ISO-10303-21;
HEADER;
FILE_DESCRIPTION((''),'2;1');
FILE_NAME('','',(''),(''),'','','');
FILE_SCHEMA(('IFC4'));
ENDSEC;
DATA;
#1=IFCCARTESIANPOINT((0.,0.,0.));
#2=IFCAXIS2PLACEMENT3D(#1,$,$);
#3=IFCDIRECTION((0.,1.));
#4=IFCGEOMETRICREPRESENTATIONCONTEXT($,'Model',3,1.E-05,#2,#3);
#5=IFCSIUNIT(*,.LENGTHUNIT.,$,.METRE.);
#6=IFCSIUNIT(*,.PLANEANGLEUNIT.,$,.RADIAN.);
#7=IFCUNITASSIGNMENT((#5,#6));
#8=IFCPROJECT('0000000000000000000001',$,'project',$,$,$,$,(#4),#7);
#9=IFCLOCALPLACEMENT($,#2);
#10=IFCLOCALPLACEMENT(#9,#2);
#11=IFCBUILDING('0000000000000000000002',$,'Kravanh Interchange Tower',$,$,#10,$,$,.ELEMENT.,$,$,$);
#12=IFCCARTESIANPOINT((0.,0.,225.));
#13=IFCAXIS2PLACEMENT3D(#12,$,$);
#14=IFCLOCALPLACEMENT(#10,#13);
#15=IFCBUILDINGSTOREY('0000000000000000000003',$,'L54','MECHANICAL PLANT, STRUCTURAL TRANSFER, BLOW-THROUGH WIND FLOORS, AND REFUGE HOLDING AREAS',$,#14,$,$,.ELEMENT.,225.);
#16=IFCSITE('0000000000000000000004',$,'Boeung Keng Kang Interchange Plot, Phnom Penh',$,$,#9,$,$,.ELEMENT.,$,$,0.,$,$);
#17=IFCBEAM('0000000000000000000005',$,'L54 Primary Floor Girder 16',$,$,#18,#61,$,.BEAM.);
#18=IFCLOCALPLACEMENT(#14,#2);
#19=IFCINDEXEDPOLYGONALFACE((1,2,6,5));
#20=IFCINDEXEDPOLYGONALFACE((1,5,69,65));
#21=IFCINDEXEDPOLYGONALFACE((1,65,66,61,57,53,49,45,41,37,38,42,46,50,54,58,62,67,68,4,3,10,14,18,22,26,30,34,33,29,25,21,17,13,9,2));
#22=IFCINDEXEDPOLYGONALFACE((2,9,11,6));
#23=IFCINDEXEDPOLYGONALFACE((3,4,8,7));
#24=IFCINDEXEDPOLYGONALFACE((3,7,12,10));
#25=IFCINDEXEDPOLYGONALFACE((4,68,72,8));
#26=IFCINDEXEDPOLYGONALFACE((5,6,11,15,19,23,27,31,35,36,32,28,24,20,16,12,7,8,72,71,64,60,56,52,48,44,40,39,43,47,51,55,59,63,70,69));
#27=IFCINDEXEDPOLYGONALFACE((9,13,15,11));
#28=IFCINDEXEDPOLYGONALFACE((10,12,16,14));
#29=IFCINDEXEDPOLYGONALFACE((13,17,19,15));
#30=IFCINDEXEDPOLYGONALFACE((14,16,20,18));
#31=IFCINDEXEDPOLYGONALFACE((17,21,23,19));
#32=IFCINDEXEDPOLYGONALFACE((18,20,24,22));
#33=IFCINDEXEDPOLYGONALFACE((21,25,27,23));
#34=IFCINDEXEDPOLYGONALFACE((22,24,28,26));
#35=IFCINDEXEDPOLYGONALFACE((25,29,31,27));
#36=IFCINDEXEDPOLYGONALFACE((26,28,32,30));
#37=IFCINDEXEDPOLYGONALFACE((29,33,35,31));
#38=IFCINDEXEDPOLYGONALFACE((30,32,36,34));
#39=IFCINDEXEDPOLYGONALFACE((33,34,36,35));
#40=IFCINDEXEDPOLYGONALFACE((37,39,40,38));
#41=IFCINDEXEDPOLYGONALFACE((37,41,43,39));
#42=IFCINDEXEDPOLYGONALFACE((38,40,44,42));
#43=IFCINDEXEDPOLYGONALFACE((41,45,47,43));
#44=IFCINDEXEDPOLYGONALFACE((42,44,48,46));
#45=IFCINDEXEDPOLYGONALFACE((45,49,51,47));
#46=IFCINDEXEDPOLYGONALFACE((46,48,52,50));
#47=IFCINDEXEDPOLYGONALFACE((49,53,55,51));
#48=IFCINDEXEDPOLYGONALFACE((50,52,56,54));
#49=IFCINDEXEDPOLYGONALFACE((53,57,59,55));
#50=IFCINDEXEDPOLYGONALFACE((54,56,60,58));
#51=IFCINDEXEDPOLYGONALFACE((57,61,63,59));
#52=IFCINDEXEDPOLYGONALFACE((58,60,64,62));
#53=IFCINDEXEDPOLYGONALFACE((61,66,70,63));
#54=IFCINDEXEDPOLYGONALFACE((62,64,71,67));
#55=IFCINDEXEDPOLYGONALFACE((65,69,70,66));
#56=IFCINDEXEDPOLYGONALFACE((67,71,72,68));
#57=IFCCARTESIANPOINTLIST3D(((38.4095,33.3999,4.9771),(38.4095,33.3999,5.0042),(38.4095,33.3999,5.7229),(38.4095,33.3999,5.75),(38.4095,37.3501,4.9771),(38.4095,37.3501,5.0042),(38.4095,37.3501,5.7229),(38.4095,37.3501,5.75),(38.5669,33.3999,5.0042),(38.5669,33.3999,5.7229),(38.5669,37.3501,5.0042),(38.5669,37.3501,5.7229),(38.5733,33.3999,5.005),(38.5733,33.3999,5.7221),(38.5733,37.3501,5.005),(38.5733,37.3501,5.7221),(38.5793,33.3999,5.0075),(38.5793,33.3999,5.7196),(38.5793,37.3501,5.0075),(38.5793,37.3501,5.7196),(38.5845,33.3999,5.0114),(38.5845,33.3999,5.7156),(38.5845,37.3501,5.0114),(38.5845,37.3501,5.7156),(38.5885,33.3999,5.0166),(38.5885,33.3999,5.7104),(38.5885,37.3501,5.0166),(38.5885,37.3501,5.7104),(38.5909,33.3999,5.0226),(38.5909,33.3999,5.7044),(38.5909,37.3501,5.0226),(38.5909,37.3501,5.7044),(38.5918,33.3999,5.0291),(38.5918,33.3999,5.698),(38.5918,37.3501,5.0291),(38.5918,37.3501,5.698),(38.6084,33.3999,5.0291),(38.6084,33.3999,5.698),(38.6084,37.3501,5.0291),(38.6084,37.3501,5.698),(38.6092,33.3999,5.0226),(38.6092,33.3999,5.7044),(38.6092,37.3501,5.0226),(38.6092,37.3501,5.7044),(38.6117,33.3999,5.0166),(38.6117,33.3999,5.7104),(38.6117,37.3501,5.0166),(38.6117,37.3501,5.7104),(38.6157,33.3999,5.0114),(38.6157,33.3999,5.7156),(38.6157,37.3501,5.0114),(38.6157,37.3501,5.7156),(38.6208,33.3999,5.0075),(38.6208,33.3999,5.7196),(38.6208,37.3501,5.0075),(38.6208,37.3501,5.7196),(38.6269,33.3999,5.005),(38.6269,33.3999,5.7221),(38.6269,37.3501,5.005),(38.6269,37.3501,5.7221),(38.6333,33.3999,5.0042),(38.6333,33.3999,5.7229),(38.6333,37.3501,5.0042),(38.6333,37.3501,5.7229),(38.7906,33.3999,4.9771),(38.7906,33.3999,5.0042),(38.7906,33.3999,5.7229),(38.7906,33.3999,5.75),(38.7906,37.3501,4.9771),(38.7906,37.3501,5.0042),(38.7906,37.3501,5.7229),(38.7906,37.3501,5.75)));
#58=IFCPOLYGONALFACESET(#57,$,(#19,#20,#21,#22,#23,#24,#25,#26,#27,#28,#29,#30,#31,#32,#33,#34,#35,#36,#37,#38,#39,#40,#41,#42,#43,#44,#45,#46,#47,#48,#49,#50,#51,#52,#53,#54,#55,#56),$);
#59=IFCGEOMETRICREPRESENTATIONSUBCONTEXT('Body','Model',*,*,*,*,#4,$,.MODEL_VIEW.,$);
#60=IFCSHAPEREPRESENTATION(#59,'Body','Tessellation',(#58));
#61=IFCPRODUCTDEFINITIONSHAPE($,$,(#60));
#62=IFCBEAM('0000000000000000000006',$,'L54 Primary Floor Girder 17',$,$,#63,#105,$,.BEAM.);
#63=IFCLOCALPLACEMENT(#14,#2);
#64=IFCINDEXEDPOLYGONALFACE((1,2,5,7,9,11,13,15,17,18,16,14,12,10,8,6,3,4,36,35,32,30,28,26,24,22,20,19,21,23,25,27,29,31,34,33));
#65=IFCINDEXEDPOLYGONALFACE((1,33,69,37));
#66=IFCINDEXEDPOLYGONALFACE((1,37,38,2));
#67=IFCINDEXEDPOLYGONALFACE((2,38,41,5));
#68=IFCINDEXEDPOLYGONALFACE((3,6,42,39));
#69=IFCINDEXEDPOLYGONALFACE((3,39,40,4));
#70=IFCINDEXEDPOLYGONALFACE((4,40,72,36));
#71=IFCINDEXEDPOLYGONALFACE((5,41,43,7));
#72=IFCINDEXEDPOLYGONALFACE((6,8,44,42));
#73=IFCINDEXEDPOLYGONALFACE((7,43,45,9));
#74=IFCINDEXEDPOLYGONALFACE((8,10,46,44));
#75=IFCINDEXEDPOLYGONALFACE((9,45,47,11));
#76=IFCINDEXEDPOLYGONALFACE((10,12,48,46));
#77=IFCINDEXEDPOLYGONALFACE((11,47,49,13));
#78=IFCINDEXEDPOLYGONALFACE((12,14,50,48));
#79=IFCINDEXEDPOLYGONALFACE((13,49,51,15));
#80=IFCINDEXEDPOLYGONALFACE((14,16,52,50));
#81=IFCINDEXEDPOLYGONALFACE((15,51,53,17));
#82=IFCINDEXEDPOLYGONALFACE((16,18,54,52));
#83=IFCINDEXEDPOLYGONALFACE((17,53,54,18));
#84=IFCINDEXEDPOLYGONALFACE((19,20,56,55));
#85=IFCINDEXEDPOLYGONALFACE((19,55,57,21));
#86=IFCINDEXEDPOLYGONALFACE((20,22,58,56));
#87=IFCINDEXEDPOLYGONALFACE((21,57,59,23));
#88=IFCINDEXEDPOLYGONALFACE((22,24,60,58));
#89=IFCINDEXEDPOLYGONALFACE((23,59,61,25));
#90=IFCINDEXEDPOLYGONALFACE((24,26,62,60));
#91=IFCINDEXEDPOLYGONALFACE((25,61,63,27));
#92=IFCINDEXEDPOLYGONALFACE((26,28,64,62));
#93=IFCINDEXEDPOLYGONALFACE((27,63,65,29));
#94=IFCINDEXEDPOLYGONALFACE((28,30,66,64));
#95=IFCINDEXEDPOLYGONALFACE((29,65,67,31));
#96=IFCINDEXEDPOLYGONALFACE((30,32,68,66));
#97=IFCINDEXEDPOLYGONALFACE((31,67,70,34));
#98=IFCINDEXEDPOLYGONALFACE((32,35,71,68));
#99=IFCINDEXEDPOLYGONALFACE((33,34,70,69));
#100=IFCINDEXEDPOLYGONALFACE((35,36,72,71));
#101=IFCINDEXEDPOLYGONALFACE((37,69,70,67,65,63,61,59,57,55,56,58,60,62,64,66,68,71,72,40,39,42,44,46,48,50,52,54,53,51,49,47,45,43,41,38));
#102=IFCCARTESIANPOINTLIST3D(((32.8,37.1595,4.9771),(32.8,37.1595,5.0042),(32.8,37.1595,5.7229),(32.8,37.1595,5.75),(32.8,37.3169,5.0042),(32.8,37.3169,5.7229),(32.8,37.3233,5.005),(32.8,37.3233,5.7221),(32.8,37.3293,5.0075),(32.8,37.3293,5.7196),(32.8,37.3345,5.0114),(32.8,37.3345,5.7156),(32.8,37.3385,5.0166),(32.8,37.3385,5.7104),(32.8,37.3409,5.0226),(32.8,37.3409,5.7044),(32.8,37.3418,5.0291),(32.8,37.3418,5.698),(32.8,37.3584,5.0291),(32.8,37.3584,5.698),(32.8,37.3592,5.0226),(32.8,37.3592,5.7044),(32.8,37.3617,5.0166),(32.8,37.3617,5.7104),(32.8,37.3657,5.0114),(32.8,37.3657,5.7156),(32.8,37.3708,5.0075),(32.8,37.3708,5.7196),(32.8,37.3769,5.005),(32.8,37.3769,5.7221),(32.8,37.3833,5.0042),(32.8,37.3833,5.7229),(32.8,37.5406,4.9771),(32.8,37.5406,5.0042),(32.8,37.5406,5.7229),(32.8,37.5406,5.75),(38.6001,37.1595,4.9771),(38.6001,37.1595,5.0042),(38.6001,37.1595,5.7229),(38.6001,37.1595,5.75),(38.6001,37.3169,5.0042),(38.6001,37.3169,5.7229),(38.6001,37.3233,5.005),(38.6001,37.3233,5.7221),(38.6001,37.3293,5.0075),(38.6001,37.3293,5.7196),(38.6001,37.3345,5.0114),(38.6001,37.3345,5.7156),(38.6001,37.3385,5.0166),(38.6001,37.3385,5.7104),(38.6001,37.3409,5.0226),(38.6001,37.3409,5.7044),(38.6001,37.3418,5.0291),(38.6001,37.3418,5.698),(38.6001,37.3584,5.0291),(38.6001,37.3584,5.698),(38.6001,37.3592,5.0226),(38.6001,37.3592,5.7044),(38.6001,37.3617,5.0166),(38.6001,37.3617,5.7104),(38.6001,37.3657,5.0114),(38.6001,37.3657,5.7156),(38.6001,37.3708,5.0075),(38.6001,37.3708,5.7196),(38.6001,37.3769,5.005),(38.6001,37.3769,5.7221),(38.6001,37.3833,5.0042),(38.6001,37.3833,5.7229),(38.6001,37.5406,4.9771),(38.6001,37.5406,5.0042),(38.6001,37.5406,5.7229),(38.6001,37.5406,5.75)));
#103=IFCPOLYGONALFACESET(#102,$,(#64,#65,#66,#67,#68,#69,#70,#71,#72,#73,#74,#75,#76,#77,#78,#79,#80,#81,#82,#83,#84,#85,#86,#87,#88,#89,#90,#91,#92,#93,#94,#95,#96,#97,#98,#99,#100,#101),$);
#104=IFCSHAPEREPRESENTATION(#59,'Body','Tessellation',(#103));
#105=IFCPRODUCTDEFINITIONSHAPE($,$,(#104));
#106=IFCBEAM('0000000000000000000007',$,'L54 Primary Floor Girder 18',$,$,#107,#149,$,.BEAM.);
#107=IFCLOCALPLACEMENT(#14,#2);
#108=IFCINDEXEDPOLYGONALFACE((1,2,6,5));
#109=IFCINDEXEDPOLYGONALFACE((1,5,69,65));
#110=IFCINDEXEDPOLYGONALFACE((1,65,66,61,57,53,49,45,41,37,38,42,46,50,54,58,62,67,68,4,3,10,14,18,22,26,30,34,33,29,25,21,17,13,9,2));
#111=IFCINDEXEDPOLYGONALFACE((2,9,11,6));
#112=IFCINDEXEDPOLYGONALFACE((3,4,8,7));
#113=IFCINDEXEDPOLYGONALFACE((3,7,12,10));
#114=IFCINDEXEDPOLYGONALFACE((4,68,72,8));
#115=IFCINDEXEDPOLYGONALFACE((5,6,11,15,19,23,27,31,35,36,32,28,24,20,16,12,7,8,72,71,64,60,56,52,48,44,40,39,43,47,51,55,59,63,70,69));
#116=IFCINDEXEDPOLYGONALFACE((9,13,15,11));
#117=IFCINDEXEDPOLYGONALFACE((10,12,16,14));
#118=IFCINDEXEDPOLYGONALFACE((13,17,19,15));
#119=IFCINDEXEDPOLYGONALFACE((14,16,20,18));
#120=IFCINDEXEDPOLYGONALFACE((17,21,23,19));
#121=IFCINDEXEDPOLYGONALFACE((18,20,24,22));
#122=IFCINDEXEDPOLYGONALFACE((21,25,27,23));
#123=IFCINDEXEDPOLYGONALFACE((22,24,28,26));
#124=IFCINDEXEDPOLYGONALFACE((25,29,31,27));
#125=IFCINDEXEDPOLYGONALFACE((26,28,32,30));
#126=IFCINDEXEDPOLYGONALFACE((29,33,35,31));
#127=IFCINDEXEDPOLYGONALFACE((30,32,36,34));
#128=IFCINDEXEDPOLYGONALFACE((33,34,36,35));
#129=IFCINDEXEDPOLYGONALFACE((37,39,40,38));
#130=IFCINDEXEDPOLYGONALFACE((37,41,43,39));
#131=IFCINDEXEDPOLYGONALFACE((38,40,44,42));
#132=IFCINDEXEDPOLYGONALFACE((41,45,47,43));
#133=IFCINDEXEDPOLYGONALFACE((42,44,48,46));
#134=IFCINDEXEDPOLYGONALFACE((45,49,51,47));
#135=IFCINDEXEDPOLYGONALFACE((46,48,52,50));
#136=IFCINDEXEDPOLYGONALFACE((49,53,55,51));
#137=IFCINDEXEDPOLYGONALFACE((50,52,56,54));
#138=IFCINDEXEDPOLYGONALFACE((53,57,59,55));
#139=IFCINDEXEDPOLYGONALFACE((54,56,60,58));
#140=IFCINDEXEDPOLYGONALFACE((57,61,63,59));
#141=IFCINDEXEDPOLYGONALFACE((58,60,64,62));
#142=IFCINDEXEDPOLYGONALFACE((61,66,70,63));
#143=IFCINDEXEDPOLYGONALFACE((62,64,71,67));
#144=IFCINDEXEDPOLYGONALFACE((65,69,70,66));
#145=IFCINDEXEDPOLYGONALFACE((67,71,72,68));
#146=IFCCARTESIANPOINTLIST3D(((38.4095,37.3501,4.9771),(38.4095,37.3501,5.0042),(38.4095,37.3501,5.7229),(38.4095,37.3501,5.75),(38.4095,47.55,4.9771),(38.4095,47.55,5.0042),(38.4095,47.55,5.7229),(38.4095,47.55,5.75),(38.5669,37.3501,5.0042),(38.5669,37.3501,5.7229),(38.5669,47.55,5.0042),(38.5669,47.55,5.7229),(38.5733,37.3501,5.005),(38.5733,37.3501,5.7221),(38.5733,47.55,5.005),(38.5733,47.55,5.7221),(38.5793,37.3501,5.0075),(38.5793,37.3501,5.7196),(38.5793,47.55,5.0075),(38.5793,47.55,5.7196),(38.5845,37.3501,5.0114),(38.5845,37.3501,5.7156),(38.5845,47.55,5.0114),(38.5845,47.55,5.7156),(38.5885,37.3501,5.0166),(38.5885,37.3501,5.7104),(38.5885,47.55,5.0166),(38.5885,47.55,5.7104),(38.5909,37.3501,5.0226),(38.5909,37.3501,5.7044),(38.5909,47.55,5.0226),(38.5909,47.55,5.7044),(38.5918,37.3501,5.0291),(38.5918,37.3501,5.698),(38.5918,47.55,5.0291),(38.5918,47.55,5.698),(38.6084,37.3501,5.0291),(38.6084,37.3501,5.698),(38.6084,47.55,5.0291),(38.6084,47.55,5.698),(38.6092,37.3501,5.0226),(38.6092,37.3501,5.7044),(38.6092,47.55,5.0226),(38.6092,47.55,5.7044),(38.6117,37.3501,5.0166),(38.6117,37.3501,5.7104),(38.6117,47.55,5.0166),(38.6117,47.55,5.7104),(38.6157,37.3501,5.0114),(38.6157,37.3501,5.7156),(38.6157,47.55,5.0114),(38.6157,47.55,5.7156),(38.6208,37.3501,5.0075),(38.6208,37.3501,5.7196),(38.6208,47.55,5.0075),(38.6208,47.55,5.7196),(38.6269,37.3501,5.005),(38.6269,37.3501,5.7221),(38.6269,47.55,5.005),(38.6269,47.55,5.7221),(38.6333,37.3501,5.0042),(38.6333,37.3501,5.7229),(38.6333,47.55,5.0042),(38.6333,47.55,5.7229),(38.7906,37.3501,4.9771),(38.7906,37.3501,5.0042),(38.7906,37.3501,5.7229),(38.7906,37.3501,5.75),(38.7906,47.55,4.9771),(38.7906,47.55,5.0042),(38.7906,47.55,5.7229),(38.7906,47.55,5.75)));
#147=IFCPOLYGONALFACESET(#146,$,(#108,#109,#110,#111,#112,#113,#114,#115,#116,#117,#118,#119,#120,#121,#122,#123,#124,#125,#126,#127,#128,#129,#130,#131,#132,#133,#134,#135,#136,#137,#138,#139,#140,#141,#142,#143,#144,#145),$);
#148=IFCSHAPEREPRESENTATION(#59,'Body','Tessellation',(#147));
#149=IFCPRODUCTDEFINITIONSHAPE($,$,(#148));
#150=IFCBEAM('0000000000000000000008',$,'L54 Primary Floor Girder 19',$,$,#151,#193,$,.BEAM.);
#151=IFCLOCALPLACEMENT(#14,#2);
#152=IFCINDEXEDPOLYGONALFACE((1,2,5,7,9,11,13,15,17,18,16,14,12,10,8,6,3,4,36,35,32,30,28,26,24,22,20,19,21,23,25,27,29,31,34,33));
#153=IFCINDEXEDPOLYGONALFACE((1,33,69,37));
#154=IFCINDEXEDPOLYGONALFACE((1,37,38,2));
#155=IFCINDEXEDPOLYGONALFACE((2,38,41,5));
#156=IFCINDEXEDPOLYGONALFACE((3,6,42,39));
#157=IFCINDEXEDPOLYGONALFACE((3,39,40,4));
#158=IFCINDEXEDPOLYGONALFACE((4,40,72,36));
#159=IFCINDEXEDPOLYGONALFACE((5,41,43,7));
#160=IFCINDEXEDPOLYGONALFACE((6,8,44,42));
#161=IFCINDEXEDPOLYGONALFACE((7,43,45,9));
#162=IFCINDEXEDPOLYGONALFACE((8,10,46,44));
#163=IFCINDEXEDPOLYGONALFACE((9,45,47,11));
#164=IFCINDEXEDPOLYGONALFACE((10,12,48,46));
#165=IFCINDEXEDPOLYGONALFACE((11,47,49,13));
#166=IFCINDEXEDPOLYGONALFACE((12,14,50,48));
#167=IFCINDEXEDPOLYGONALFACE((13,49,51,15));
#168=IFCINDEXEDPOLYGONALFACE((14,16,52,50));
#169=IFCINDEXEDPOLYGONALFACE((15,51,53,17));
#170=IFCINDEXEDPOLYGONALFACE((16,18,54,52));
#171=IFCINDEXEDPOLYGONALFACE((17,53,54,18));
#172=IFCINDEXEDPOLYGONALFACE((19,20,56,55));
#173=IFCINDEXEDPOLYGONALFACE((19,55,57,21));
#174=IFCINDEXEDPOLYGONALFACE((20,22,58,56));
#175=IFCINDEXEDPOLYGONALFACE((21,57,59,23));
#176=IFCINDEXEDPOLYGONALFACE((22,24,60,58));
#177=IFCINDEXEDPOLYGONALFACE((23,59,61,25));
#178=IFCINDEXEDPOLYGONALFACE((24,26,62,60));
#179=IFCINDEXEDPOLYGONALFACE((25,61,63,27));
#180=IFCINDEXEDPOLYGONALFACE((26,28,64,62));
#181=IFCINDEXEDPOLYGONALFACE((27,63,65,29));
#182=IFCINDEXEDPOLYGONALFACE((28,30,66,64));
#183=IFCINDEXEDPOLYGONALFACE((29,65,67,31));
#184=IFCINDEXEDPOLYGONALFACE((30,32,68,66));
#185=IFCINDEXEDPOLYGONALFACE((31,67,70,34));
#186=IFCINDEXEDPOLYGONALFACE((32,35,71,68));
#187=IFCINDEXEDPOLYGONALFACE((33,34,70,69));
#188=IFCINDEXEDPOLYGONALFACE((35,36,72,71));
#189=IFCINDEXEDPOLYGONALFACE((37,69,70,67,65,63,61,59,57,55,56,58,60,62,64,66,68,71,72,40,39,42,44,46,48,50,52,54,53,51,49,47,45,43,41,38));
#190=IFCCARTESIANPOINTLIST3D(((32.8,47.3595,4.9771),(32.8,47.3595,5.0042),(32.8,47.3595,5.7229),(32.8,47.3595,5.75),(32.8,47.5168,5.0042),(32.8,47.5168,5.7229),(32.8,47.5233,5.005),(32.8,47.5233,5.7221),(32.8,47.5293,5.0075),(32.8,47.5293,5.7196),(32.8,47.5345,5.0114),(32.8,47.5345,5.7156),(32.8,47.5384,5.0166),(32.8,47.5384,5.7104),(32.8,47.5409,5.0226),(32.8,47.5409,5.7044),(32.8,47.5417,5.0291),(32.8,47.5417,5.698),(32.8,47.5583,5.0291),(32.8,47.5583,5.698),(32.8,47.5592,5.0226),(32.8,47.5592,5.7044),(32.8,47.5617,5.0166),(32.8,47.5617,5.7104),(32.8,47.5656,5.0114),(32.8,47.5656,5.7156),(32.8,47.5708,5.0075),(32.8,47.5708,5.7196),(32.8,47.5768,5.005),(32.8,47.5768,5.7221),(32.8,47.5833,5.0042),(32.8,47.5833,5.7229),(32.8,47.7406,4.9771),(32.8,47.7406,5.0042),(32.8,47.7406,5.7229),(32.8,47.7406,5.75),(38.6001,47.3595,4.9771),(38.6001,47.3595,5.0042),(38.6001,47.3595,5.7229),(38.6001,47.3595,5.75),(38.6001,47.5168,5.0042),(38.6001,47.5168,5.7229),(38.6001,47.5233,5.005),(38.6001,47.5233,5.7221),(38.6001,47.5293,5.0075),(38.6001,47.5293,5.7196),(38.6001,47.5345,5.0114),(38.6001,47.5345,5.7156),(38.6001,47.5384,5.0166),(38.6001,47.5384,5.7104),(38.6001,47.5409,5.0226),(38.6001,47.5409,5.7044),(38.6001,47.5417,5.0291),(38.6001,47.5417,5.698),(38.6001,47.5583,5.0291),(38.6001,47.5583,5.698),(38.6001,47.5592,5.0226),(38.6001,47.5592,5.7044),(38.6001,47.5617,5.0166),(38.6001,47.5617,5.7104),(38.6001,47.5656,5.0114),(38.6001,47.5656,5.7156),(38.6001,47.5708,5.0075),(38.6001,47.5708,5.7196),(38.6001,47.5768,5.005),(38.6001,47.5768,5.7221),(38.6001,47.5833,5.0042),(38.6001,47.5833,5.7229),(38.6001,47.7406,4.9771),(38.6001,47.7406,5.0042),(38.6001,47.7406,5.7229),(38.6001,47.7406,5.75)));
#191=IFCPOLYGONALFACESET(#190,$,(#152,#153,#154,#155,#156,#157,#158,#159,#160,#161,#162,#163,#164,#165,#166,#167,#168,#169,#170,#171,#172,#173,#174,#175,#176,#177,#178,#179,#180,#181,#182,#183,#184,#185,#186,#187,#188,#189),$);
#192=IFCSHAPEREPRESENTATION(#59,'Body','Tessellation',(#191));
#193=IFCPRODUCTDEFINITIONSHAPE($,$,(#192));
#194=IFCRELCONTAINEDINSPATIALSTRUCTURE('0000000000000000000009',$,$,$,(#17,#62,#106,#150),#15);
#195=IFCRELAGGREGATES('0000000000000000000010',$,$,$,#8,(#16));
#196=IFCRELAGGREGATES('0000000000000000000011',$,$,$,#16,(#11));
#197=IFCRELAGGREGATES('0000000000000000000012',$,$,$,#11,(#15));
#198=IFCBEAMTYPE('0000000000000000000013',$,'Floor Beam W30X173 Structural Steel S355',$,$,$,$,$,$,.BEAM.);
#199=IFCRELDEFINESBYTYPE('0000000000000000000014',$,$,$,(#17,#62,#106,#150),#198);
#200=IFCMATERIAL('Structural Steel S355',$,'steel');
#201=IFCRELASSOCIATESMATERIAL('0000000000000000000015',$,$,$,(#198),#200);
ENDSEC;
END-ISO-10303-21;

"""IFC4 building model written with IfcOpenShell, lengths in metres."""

from ifc_helpers import new_model, si_unit, direction, frame, origin, origin_2d, place, context, subcontext, project, spatial, i_section, extrude, material, material_profile, profile_set, type_object, element, save


model = new_model("IFC4")

# Units and contexts
model_context = context("Model", 3, precision=1e-05, world=origin(), true_north=direction((0.0, 1.0)))
body_context = subcontext(model_context, "Body", "Model", "MODEL_VIEW")
ifc_project = project(units=[si_unit("LENGTHUNIT", "METRE"), si_unit("PLANEANGLEUNIT", "RADIAN")], contexts=[model_context])

# Site, building, storey
site_placement = place(None, origin())
site = spatial("IfcSite", under=ifc_project, at=site_placement, Name="Boeung Keng Kang Interchange Plot, Phnom Penh", CompositionType="ELEMENT", RefElevation=0.0)
building_placement = place(site_placement, origin())
building = spatial("IfcBuilding", under=site, at=building_placement, Name="Kravanh Interchange Tower", CompositionType="ELEMENT")
storey_placement = place(building_placement, frame((0.0, 0.0, 225.0)))
storey = spatial("IfcBuildingStorey", under=building, at=storey_placement, Name="L54", Description="MECHANICAL PLANT, STRUCTURAL TRANSFER, BLOW-THROUGH WIND FLOORS, AND REFUGE HOLDING AREAS", CompositionType="ELEMENT", Elevation=225.0)

# Beams
ifc_material_1 = material(Name="Structural Steel S355", Category="steel")
ifc_material_profile_1 = material_profile(ifc_material_1, i_section(OverallWidth=0.3811, OverallDepth=0.7729, WebThickness=0.0166, FlangeThickness=0.0271, FilletRadius=0.0249, at=origin_2d()), Name="W30X173")
ifc_profile_set_1 = profile_set([ifc_material_profile_1], Name="Structural Steel S355")
beam_type_1 = type_object("IfcBeamType", Name="Floor Beam W30X173 Structural Steel S355", PredefinedType="BEAM", material=ifc_profile_set_1)
beam_1_placement = place(storey_placement, frame((38.6001, 37.3501, 5.3635), z_axis=(0.0, -1.0, 0.0), x_axis=(1.0, 0.0, 0.0)))
element("IfcBeam", 1, at=beam_1_placement, inside=storey, type_object=beam_type_1, Name="L54 Primary Floor Girder 16", PredefinedType="BEAM", context=body_context, shape_type="SweptSolid", body=[
    extrude(i_section(OverallWidth=0.3811, OverallDepth=0.7729, WebThickness=0.0166, FlangeThickness=0.0271, FilletRadius=0.0249, at=origin_2d()), origin(), (0.0, 0.0, 1.0), 3.9502),
])
beam_2_placement = place(storey_placement, frame((38.6001, 37.3501, 5.3635), z_axis=(-1.0, 0.0, 0.0), x_axis=(0.0, -1.0, 0.0)))
element("IfcBeam", 2, at=beam_2_placement, inside=storey, type_object=beam_type_1, Name="L54 Primary Floor Girder 17", PredefinedType="BEAM", context=body_context, shape_type="SweptSolid", body=[
    extrude(i_section(OverallWidth=0.3811, OverallDepth=0.7729, WebThickness=0.0166, FlangeThickness=0.0271, FilletRadius=0.0249, at=origin_2d()), origin(), (0.0, 0.0, 1.0), 5.8),
])
beam_3_placement = place(storey_placement, frame((38.6001, 37.3501, 5.3635), z_axis=(0.0, 1.0, 0.0), x_axis=(-1.0, 0.0, 0.0)))
element("IfcBeam", 3, at=beam_3_placement, inside=storey, type_object=beam_type_1, Name="L54 Primary Floor Girder 18", PredefinedType="BEAM", context=body_context, shape_type="SweptSolid", body=[
    extrude(i_section(OverallWidth=0.3811, OverallDepth=0.7729, WebThickness=0.0166, FlangeThickness=0.0271, FilletRadius=0.0249, at=origin_2d()), origin(), (0.0, 0.0, 1.0), 10.2),
])
beam_4_placement = place(storey_placement, frame((38.6001, 47.55, 5.3635), z_axis=(-1.0, 0.0, 0.0), x_axis=(0.0, -1.0, 0.0)))
element("IfcBeam", 4, at=beam_4_placement, inside=storey, type_object=beam_type_1, Name="L54 Primary Floor Girder 19", PredefinedType="BEAM", context=body_context, shape_type="SweptSolid", body=[
    extrude(i_section(OverallWidth=0.3811, OverallDepth=0.7729, WebThickness=0.0166, FlangeThickness=0.0271, FilletRadius=0.0249, at=origin_2d()), origin(), (0.0, 0.0, 1.0), 5.8),
])

save(model, "model.ifc")
